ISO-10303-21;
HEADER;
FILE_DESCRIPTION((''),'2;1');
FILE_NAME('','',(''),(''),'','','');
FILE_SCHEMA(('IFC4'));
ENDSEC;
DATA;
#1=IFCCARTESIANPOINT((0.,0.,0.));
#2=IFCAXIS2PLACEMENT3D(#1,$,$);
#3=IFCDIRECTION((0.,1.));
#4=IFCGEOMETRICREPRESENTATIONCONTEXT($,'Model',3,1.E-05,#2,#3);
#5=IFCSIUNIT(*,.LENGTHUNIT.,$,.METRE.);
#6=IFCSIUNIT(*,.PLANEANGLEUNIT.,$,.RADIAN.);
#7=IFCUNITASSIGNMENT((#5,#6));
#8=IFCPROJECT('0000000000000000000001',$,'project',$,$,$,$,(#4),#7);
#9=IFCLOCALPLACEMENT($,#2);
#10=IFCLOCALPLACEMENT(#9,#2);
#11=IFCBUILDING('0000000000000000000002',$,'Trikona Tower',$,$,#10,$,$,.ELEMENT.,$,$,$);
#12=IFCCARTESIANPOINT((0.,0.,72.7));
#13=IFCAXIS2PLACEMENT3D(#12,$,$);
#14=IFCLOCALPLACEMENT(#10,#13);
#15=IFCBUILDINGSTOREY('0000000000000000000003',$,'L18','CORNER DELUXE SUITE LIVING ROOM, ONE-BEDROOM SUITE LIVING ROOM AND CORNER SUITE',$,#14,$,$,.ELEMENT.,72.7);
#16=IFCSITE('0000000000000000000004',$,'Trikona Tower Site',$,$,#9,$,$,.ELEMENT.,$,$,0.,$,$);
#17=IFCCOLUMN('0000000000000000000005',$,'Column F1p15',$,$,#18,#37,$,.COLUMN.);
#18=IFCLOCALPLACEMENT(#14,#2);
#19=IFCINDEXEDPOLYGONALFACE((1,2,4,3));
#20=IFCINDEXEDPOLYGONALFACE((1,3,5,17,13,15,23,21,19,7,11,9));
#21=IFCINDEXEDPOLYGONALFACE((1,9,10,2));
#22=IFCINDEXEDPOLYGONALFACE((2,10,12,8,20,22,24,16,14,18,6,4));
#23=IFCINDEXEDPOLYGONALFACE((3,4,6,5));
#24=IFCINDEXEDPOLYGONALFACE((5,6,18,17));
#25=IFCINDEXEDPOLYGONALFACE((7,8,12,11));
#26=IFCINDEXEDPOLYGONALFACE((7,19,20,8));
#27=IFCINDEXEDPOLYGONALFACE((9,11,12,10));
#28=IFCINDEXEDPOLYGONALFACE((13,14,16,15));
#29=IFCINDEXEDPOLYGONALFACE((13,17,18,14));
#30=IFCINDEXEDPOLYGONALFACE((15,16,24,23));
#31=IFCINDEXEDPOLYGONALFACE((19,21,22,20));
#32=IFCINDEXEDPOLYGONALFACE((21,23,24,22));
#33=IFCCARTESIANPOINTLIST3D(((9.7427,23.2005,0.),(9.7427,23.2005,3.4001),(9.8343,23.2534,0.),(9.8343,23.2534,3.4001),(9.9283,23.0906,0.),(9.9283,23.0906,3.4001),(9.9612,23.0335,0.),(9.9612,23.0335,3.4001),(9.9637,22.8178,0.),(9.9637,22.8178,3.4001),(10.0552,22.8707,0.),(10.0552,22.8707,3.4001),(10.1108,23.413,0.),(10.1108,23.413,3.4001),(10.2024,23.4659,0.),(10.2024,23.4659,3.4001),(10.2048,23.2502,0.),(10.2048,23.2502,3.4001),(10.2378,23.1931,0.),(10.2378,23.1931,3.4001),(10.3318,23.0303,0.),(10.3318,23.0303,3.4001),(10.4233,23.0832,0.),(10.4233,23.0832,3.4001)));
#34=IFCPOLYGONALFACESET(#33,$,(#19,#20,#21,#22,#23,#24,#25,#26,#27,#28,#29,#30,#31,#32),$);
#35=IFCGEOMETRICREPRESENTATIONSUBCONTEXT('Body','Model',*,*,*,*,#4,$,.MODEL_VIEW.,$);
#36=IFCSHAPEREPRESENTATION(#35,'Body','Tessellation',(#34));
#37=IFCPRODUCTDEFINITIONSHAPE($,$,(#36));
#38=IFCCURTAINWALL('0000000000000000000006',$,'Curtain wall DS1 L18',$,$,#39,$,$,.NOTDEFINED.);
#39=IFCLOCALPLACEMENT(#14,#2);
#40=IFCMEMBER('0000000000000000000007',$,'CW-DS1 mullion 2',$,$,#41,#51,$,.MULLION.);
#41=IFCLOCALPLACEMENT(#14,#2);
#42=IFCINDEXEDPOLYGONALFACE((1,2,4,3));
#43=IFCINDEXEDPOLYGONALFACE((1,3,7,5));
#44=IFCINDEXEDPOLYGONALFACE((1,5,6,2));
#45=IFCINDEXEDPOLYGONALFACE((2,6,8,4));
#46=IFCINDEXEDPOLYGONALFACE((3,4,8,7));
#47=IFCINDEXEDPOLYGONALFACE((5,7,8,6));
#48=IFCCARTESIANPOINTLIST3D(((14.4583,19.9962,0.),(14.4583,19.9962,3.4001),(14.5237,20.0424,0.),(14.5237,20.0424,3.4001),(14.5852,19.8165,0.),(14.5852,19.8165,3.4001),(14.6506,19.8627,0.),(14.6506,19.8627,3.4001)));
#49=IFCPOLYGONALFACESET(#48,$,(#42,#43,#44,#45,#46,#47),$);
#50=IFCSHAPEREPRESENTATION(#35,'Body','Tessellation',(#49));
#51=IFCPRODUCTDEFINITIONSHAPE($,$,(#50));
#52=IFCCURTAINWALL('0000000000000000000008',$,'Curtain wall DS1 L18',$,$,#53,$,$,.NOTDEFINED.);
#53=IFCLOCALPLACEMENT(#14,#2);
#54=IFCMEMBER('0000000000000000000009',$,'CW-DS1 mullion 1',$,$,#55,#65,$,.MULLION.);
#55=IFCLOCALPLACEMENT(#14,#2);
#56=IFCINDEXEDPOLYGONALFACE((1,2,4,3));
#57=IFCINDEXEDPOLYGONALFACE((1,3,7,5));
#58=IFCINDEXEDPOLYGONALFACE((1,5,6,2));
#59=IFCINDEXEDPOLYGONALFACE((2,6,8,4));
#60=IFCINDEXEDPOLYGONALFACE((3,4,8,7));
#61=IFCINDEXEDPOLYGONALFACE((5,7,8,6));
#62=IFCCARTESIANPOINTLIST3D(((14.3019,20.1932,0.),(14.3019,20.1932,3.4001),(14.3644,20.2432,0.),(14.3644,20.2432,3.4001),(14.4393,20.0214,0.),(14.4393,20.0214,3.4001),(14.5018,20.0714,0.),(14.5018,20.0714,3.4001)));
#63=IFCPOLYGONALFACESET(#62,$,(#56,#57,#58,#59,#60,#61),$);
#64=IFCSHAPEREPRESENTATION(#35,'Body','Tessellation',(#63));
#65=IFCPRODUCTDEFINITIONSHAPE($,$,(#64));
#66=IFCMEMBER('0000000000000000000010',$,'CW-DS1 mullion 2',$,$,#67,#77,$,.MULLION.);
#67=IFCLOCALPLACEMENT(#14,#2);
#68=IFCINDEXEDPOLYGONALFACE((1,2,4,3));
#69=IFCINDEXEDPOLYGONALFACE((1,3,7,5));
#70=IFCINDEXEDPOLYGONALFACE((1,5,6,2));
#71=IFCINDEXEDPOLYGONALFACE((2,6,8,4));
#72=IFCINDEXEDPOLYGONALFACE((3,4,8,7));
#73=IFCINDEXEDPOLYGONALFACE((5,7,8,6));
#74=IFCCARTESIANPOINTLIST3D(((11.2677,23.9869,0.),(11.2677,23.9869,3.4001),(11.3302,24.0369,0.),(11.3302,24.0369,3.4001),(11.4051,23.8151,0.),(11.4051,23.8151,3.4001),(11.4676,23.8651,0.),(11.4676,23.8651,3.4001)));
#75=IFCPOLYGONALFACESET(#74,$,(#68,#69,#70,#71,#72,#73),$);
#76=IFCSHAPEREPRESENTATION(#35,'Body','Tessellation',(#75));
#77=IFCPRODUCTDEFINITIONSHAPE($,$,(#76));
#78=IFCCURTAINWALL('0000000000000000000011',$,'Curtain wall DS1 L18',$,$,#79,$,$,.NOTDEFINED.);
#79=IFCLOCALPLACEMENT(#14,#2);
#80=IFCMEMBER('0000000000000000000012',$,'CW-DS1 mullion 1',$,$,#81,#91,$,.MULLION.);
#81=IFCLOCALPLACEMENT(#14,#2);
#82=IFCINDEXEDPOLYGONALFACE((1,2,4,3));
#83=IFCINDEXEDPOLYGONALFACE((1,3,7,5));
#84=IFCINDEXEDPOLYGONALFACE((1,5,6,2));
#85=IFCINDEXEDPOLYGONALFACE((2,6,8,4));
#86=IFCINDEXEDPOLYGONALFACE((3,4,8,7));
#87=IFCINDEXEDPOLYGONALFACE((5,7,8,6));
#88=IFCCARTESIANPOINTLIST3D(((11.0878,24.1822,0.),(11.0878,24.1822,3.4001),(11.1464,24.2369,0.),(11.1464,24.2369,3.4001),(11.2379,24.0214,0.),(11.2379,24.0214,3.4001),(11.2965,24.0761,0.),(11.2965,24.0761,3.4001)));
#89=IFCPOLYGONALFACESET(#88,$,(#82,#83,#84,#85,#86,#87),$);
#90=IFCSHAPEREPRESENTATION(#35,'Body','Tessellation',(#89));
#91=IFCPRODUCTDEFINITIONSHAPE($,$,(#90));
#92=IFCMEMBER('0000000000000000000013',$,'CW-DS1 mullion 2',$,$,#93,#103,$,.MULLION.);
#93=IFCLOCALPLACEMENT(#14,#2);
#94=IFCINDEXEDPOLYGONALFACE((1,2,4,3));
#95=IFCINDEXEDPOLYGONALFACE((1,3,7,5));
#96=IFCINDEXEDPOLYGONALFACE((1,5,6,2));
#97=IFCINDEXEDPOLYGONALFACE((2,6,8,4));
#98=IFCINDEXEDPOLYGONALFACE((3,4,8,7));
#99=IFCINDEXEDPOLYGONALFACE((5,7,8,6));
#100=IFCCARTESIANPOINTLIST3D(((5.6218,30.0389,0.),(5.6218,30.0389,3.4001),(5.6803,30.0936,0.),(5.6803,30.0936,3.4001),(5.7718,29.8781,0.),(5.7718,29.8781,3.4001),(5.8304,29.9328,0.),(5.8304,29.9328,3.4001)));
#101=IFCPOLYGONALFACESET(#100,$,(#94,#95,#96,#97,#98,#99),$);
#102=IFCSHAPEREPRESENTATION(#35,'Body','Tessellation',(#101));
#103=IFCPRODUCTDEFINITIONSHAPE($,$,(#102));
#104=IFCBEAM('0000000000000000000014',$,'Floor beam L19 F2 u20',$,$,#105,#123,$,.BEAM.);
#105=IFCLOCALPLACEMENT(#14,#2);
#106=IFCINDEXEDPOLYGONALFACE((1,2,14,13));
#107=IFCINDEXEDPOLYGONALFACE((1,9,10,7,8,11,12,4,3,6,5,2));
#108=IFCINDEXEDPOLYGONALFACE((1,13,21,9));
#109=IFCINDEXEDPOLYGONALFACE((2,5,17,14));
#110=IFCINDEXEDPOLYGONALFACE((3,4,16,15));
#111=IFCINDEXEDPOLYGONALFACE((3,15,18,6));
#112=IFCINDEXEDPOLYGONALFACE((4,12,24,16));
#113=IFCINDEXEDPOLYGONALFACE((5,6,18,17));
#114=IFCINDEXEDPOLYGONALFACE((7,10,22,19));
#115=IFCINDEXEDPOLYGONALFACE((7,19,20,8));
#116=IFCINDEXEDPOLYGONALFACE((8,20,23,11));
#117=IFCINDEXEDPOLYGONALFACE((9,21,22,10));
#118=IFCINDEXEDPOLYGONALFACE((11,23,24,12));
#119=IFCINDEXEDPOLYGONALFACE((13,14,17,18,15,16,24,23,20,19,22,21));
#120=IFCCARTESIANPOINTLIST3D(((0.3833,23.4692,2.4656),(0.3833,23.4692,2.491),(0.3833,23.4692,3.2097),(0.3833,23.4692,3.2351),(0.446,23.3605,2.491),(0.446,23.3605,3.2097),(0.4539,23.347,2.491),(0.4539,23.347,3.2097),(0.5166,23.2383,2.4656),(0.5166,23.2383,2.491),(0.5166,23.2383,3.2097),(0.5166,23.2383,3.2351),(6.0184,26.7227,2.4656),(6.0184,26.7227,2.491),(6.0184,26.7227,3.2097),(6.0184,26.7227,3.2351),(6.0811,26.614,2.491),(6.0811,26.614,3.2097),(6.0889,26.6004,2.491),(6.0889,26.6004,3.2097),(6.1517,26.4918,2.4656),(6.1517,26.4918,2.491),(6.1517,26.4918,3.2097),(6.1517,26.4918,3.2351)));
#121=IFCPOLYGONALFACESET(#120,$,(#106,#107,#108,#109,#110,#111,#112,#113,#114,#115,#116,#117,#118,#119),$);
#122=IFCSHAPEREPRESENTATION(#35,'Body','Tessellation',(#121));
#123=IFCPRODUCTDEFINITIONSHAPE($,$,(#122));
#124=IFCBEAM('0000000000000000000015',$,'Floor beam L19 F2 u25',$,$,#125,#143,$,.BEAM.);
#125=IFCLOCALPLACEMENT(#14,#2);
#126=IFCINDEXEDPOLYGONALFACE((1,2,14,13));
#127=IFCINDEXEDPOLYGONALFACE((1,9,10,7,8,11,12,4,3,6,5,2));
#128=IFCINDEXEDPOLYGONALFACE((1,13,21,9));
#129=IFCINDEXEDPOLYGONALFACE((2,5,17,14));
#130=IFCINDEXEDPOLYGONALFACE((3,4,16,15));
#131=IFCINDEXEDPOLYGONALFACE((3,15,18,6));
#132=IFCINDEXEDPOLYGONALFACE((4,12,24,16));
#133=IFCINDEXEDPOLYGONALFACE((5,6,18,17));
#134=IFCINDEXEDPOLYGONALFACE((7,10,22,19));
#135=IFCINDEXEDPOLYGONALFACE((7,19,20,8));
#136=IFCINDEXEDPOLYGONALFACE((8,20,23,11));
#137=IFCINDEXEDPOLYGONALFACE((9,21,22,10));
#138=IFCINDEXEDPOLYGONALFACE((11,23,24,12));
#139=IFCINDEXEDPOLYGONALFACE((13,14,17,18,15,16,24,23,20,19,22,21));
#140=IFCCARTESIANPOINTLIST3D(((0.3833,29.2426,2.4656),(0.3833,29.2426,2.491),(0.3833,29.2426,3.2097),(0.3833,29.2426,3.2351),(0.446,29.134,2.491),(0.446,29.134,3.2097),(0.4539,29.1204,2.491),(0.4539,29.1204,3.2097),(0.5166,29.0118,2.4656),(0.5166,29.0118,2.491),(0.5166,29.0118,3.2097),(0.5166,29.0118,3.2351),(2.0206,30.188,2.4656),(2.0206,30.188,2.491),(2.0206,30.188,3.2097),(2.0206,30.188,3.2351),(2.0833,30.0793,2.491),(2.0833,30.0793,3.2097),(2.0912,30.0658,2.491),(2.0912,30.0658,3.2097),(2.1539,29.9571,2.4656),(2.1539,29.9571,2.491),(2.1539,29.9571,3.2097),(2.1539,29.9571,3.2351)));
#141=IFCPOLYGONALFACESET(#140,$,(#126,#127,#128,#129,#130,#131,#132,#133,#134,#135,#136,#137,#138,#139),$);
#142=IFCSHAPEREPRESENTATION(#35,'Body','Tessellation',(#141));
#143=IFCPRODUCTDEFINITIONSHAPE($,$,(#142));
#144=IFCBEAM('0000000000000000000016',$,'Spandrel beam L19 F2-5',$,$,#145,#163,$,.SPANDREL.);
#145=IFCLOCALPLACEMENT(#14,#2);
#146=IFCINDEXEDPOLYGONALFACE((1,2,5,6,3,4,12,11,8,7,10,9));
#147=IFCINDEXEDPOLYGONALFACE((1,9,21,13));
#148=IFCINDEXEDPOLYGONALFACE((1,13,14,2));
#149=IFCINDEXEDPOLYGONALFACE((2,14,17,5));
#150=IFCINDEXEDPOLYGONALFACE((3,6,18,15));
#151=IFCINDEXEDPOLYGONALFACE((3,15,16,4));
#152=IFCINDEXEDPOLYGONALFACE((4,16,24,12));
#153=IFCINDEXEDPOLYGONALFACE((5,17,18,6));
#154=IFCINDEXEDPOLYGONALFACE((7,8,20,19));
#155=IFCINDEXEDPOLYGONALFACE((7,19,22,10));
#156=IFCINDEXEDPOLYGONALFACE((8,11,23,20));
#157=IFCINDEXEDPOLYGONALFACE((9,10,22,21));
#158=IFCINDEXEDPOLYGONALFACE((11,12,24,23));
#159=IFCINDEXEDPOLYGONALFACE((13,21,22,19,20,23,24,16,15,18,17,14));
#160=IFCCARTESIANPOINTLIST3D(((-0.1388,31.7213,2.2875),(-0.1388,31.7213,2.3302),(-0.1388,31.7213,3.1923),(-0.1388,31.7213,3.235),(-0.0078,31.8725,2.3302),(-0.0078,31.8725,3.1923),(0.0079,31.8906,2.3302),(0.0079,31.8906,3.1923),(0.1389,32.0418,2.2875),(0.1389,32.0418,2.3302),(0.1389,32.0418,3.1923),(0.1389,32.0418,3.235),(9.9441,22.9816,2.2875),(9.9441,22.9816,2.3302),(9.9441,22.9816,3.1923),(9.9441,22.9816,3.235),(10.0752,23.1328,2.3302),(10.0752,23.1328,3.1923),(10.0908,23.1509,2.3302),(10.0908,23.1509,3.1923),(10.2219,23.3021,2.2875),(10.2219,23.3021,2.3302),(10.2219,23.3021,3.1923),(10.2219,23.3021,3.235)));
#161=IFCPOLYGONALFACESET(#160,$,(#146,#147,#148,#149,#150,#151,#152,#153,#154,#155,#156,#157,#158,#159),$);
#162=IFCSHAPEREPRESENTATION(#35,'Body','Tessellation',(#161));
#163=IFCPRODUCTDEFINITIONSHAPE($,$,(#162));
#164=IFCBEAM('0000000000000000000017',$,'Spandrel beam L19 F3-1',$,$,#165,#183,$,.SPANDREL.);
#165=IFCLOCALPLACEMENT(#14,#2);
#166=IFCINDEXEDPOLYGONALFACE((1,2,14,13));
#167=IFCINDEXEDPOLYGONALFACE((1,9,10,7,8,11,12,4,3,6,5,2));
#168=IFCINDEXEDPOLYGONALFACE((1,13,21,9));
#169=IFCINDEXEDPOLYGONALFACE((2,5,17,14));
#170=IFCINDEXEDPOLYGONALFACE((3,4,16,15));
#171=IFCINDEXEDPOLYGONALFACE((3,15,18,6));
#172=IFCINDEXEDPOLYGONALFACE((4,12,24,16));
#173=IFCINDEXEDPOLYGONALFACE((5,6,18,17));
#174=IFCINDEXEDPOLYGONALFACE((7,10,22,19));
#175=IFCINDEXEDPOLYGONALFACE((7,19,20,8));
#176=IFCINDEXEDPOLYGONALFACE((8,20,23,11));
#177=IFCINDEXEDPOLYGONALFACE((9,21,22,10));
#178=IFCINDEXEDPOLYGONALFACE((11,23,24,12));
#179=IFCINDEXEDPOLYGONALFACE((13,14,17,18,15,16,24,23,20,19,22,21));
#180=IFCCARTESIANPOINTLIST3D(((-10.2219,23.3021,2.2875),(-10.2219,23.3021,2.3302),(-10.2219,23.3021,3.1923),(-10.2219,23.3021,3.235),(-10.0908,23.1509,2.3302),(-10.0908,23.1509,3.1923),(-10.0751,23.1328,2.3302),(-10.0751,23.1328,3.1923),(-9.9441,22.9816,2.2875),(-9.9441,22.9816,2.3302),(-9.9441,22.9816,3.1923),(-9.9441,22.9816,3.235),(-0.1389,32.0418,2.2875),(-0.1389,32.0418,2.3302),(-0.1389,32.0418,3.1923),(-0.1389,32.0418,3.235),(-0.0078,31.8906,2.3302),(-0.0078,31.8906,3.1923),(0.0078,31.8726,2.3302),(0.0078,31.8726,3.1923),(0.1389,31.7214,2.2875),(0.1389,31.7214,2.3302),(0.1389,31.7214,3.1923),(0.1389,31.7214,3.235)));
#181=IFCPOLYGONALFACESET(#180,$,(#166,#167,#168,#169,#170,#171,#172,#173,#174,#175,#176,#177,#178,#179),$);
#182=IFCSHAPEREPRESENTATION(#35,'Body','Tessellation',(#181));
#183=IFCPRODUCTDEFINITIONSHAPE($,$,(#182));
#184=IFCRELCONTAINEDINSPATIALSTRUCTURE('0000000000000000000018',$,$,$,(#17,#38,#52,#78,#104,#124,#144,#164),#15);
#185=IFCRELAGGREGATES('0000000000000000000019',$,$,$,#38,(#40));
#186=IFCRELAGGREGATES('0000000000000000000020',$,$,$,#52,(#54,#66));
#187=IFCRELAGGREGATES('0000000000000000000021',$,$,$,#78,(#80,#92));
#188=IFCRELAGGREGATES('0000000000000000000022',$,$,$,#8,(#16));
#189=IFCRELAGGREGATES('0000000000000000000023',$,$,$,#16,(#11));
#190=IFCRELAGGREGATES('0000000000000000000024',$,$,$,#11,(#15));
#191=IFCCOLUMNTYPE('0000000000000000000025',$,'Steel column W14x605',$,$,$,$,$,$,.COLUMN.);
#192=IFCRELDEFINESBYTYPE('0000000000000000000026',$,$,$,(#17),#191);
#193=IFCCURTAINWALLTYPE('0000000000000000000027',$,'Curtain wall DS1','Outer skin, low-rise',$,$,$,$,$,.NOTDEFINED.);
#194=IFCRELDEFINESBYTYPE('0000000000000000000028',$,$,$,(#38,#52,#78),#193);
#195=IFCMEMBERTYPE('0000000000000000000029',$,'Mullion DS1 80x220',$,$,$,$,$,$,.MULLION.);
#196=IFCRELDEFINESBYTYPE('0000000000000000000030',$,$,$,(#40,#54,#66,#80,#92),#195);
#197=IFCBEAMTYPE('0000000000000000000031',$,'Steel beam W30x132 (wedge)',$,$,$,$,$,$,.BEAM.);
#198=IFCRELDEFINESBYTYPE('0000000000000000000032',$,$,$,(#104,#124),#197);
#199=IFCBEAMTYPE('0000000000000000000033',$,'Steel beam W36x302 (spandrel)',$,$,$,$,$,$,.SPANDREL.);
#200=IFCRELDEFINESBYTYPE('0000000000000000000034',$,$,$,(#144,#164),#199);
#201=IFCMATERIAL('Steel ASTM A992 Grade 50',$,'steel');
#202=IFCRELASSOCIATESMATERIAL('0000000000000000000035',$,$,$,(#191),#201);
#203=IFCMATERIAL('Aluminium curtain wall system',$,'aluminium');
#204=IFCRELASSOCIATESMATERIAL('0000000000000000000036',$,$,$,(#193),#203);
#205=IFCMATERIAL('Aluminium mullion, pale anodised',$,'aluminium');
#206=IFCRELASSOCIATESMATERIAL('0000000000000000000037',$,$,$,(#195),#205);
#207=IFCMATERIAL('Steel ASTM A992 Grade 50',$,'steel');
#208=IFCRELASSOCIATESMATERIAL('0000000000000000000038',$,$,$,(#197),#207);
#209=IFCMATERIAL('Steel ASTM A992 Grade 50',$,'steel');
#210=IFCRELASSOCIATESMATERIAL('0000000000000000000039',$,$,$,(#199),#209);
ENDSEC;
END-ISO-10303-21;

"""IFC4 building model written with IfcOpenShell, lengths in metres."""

from ifc_helpers import new_model, si_unit, direction, frame, origin, origin_2d, place, context, subcontext, project, spatial, rectangle, i_section, extrude, material, material_profile, profile_set, type_object, element, aggregate, save


model = new_model("IFC4")

# Units and contexts
model_context = context("Model", 3, precision=1e-05, world=origin(), true_north=direction((0.0, 1.0)))
body_context = subcontext(model_context, "Body", "Model", "MODEL_VIEW")
ifc_project = project(units=[si_unit("LENGTHUNIT", "METRE"), si_unit("PLANEANGLEUNIT", "RADIAN")], contexts=[model_context])

# Site, building, storey
site_placement = place(None, origin())
site = spatial("IfcSite", under=ifc_project, at=site_placement, Name="Trikona Tower Site", CompositionType="ELEMENT", RefElevation=0.0)
building_placement = place(site_placement, origin())
building = spatial("IfcBuilding", under=site, at=building_placement, Name="Trikona Tower", CompositionType="ELEMENT")
storey_placement = place(building_placement, frame((0.0, 0.0, 72.7)))
storey = spatial("IfcBuildingStorey", under=building, at=storey_placement, Name="L18", Description="CORNER DELUXE SUITE LIVING ROOM, ONE-BEDROOM SUITE LIVING ROOM AND CORNER SUITE", CompositionType="ELEMENT", Elevation=72.7)

# Column
ifc_material_1 = material(Name="Steel ASTM A992 Grade 50", Category="steel")
ifc_material_profile_1 = material_profile(ifc_material_1, i_section(OverallWidth=0.4419, OverallDepth=0.5308, WebThickness=0.0659, FlangeThickness=0.1057, at=origin_2d()), Name="W14X605")
ifc_profile_set_1 = profile_set([ifc_material_profile_1], Name="Steel ASTM A992 Grade 50")
column_type = type_object("IfcColumnType", Name="Steel column W14x605", PredefinedType="COLUMN", material=ifc_profile_set_1)
column_placement = place(storey_placement, frame((10.083, 23.1418, 0.0), z_axis=(0.0, 0.0, 1.0), x_axis=(-0.5, 0.866025, 0.0)))
element("IfcColumn", 1, at=column_placement, inside=storey, type_object=column_type, Name="Column F1p15", PredefinedType="COLUMN", context=body_context, shape_type="SweptSolid", body=[
    extrude(i_section(OverallWidth=0.4419, OverallDepth=0.5308, WebThickness=0.0659, FlangeThickness=0.1057, at=origin_2d()), origin(), (0.0, 0.0, 1.0), 3.4001),
])

# Curtain wall, member
ifc_material_2 = material(Name="Aluminium curtain wall system", Category="aluminium")
curtain_wall_type = type_object("IfcCurtainWallType", Name="Curtain wall DS1", Description="Outer skin, low-rise", PredefinedType="NOTDEFINED", material=ifc_material_2)
curtain_wall_1_placement = place(storey_placement, origin())
curtain_wall_1 = element("IfcCurtainWall", 2, at=curtain_wall_1_placement, inside=storey, type_object=curtain_wall_type, Name="Curtain wall DS1 L18", PredefinedType="NOTDEFINED")
ifc_material_3 = material(Name="Aluminium mullion, pale anodised", Category="aluminium")
ifc_material_profile_2 = material_profile(ifc_material_3, rectangle(XDim=0.0801, YDim=0.22, at=origin_2d()), Name="MUL-DS1")
ifc_profile_set_2 = profile_set([ifc_material_profile_2], Name="Aluminium mullion, pale anodised")
member_type_1 = type_object("IfcMemberType", Name="Mullion DS1 80x220", PredefinedType="MULLION", material=ifc_profile_set_2)
member_1_placement = place(storey_placement, frame((14.5544, 19.9294, 0.0), z_axis=(0.0, 0.0, 1.0), x_axis=(-0.816985, -0.576658, 0.0)))
member_1 = element("IfcMember", 3, at=member_1_placement, type_object=member_type_1, Name="CW-DS1 mullion 2", PredefinedType="MULLION", context=body_context, shape_type="SweptSolid", body=[
    extrude(rectangle(XDim=0.0801, YDim=0.22, at=origin_2d()), origin(), (0.0, 0.0, 1.0), 3.4001),
])
aggregate(curtain_wall_1, [member_1])

# Curtain walls, members
curtain_wall_2_placement = place(storey_placement, origin())
curtain_wall_2 = element("IfcCurtainWall", 4, at=curtain_wall_2_placement, inside=storey, type_object=curtain_wall_type, Name="Curtain wall DS1 L18", PredefinedType="NOTDEFINED")
member_2_placement = place(storey_placement, frame((14.4019, 20.1323, 0.0), z_axis=(0.0, 0.0, 1.0), x_axis=(-0.780938, -0.624609, 0.0)))
member_2 = element("IfcMember", 5, at=member_2_placement, type_object=member_type_1, Name="CW-DS1 mullion 1", PredefinedType="MULLION", context=body_context, shape_type="SweptSolid", body=[
    extrude(rectangle(XDim=0.0801, YDim=0.22, at=origin_2d()), origin(), (0.0, 0.0, 1.0), 3.4001),
])
member_3_placement = place(storey_placement, frame((11.3677, 23.926, 0.0), z_axis=(0.0, 0.0, 1.0), x_axis=(-0.780938, -0.624609, 0.0)))
member_3 = element("IfcMember", 6, at=member_3_placement, type_object=member_type_1, Name="CW-DS1 mullion 2", PredefinedType="MULLION", context=body_context, shape_type="SweptSolid", body=[
    extrude(rectangle(XDim=0.0801, YDim=0.22, at=origin_2d()), origin(), (0.0, 0.0, 1.0), 3.4001),
])
curtain_wall_3_placement = place(storey_placement, origin())
curtain_wall_3 = element("IfcCurtainWall", 7, at=curtain_wall_3_placement, inside=storey, type_object=curtain_wall_type, Name="Curtain wall DS1 L18", PredefinedType="NOTDEFINED")
member_4_placement = place(storey_placement, frame((11.1921, 24.1292, 0.0), z_axis=(0.0, 0.0, 1.0), x_axis=(-0.731077, -0.682295, 0.0)))
member_4 = element("IfcMember", 8, at=member_4_placement, type_object=member_type_1, Name="CW-DS1 mullion 1", PredefinedType="MULLION", context=body_context, shape_type="SweptSolid", body=[
    extrude(rectangle(XDim=0.0801, YDim=0.22, at=origin_2d()), origin(), (0.0, 0.0, 1.0), 3.4001),
])
member_5_placement = place(storey_placement, frame((5.7261, 29.9858, 0.0), z_axis=(0.0, 0.0, 1.0), x_axis=(-0.731077, -0.682295, 0.0)))
member_5 = element("IfcMember", 9, at=member_5_placement, type_object=member_type_1, Name="CW-DS1 mullion 2", PredefinedType="MULLION", context=body_context, shape_type="SweptSolid", body=[
    extrude(rectangle(XDim=0.0801, YDim=0.22, at=origin_2d()), origin(), (0.0, 0.0, 1.0), 3.4001),
])

# Beams
ifc_material_4 = material(Name="Steel ASTM A992 Grade 50", Category="steel")
ifc_material_profile_3 = material_profile(ifc_material_4, i_section(OverallWidth=0.2666, OverallDepth=0.7695, WebThickness=0.0156, FlangeThickness=0.0254, at=origin_2d()), Name="W30X132")
ifc_profile_set_3 = profile_set([ifc_material_profile_3], Name="Steel ASTM A992 Grade 50")
beam_type_1 = type_object("IfcBeamType", Name="Steel beam W30x132 (wedge)", PredefinedType="BEAM", material=ifc_profile_set_3)
beam_1_placement = place(storey_placement, frame((0.45, 23.3538, 2.8503), z_axis=(0.866023, 0.500005, 0.0), x_axis=(-0.500005, 0.866023, 0.0)))
element("IfcBeam", 10, at=beam_1_placement, inside=storey, type_object=beam_type_1, Name="Floor beam L19 F2 u20", PredefinedType="BEAM", context=body_context, shape_type="SweptSolid", body=[
    extrude(i_section(OverallWidth=0.2666, OverallDepth=0.7695, WebThickness=0.0156, FlangeThickness=0.0254, at=origin_2d()), origin(), (0.0, 0.0, 1.0), 6.5068),
])
beam_2_placement = place(storey_placement, frame((0.45, 29.1272, 2.8503), z_axis=(0.866009, 0.500028, 0.0), x_axis=(-0.500028, 0.866009, 0.0)))
element("IfcBeam", 11, at=beam_2_placement, inside=storey, type_object=beam_type_1, Name="Floor beam L19 F2 u25", PredefinedType="BEAM", context=body_context, shape_type="SweptSolid", body=[
    extrude(i_section(OverallWidth=0.2666, OverallDepth=0.7695, WebThickness=0.0156, FlangeThickness=0.0254, at=origin_2d()), origin(), (0.0, 0.0, 1.0), 1.8906),
])
ifc_material_5 = material(Name="Steel ASTM A992 Grade 50", Category="steel")
ifc_material_profile_4 = material_profile(ifc_material_5, i_section(OverallWidth=0.4241, OverallDepth=0.9475, WebThickness=0.0239, FlangeThickness=0.0427, at=origin_2d()), Name="W36X302")
ifc_profile_set_4 = profile_set([ifc_material_profile_4], Name="Steel ASTM A992 Grade 50")
beam_type_2 = type_object("IfcBeamType", Name="Steel beam W36x302 (spandrel)", PredefinedType="SPANDREL", material=ifc_profile_set_4)
for number, where, z_axis, x_axis, name in (
    (12, (10.083, 23.1418, 2.7612), (-0.755647, 0.654979, 0.0), (-0.654979, -0.755647, 0.0), "Spandrel beam L19 F2-5"),
    (13, (0.0, 31.8816, 2.7612), (-0.755647, -0.654979, 0.0), (0.654979, -0.755647, 0.0), "Spandrel beam L19 F3-1"),
):
    element("IfcBeam", number, at=place(storey_placement, frame(where, z_axis=z_axis, x_axis=x_axis)), inside=storey, type_object=beam_type_2, Name=name, PredefinedType="SPANDREL", context=body_context, shape_type="SweptSolid", body=[
        extrude(i_section(OverallWidth=0.4241, OverallDepth=0.9475, WebThickness=0.0239, FlangeThickness=0.0427, at=origin_2d()), origin(), (0.0, 0.0, 1.0), 13.3435),
    ])

aggregate(curtain_wall_2, [member_2, member_3])
aggregate(curtain_wall_3, [member_4, member_5])

save(model, "model.ifc")
